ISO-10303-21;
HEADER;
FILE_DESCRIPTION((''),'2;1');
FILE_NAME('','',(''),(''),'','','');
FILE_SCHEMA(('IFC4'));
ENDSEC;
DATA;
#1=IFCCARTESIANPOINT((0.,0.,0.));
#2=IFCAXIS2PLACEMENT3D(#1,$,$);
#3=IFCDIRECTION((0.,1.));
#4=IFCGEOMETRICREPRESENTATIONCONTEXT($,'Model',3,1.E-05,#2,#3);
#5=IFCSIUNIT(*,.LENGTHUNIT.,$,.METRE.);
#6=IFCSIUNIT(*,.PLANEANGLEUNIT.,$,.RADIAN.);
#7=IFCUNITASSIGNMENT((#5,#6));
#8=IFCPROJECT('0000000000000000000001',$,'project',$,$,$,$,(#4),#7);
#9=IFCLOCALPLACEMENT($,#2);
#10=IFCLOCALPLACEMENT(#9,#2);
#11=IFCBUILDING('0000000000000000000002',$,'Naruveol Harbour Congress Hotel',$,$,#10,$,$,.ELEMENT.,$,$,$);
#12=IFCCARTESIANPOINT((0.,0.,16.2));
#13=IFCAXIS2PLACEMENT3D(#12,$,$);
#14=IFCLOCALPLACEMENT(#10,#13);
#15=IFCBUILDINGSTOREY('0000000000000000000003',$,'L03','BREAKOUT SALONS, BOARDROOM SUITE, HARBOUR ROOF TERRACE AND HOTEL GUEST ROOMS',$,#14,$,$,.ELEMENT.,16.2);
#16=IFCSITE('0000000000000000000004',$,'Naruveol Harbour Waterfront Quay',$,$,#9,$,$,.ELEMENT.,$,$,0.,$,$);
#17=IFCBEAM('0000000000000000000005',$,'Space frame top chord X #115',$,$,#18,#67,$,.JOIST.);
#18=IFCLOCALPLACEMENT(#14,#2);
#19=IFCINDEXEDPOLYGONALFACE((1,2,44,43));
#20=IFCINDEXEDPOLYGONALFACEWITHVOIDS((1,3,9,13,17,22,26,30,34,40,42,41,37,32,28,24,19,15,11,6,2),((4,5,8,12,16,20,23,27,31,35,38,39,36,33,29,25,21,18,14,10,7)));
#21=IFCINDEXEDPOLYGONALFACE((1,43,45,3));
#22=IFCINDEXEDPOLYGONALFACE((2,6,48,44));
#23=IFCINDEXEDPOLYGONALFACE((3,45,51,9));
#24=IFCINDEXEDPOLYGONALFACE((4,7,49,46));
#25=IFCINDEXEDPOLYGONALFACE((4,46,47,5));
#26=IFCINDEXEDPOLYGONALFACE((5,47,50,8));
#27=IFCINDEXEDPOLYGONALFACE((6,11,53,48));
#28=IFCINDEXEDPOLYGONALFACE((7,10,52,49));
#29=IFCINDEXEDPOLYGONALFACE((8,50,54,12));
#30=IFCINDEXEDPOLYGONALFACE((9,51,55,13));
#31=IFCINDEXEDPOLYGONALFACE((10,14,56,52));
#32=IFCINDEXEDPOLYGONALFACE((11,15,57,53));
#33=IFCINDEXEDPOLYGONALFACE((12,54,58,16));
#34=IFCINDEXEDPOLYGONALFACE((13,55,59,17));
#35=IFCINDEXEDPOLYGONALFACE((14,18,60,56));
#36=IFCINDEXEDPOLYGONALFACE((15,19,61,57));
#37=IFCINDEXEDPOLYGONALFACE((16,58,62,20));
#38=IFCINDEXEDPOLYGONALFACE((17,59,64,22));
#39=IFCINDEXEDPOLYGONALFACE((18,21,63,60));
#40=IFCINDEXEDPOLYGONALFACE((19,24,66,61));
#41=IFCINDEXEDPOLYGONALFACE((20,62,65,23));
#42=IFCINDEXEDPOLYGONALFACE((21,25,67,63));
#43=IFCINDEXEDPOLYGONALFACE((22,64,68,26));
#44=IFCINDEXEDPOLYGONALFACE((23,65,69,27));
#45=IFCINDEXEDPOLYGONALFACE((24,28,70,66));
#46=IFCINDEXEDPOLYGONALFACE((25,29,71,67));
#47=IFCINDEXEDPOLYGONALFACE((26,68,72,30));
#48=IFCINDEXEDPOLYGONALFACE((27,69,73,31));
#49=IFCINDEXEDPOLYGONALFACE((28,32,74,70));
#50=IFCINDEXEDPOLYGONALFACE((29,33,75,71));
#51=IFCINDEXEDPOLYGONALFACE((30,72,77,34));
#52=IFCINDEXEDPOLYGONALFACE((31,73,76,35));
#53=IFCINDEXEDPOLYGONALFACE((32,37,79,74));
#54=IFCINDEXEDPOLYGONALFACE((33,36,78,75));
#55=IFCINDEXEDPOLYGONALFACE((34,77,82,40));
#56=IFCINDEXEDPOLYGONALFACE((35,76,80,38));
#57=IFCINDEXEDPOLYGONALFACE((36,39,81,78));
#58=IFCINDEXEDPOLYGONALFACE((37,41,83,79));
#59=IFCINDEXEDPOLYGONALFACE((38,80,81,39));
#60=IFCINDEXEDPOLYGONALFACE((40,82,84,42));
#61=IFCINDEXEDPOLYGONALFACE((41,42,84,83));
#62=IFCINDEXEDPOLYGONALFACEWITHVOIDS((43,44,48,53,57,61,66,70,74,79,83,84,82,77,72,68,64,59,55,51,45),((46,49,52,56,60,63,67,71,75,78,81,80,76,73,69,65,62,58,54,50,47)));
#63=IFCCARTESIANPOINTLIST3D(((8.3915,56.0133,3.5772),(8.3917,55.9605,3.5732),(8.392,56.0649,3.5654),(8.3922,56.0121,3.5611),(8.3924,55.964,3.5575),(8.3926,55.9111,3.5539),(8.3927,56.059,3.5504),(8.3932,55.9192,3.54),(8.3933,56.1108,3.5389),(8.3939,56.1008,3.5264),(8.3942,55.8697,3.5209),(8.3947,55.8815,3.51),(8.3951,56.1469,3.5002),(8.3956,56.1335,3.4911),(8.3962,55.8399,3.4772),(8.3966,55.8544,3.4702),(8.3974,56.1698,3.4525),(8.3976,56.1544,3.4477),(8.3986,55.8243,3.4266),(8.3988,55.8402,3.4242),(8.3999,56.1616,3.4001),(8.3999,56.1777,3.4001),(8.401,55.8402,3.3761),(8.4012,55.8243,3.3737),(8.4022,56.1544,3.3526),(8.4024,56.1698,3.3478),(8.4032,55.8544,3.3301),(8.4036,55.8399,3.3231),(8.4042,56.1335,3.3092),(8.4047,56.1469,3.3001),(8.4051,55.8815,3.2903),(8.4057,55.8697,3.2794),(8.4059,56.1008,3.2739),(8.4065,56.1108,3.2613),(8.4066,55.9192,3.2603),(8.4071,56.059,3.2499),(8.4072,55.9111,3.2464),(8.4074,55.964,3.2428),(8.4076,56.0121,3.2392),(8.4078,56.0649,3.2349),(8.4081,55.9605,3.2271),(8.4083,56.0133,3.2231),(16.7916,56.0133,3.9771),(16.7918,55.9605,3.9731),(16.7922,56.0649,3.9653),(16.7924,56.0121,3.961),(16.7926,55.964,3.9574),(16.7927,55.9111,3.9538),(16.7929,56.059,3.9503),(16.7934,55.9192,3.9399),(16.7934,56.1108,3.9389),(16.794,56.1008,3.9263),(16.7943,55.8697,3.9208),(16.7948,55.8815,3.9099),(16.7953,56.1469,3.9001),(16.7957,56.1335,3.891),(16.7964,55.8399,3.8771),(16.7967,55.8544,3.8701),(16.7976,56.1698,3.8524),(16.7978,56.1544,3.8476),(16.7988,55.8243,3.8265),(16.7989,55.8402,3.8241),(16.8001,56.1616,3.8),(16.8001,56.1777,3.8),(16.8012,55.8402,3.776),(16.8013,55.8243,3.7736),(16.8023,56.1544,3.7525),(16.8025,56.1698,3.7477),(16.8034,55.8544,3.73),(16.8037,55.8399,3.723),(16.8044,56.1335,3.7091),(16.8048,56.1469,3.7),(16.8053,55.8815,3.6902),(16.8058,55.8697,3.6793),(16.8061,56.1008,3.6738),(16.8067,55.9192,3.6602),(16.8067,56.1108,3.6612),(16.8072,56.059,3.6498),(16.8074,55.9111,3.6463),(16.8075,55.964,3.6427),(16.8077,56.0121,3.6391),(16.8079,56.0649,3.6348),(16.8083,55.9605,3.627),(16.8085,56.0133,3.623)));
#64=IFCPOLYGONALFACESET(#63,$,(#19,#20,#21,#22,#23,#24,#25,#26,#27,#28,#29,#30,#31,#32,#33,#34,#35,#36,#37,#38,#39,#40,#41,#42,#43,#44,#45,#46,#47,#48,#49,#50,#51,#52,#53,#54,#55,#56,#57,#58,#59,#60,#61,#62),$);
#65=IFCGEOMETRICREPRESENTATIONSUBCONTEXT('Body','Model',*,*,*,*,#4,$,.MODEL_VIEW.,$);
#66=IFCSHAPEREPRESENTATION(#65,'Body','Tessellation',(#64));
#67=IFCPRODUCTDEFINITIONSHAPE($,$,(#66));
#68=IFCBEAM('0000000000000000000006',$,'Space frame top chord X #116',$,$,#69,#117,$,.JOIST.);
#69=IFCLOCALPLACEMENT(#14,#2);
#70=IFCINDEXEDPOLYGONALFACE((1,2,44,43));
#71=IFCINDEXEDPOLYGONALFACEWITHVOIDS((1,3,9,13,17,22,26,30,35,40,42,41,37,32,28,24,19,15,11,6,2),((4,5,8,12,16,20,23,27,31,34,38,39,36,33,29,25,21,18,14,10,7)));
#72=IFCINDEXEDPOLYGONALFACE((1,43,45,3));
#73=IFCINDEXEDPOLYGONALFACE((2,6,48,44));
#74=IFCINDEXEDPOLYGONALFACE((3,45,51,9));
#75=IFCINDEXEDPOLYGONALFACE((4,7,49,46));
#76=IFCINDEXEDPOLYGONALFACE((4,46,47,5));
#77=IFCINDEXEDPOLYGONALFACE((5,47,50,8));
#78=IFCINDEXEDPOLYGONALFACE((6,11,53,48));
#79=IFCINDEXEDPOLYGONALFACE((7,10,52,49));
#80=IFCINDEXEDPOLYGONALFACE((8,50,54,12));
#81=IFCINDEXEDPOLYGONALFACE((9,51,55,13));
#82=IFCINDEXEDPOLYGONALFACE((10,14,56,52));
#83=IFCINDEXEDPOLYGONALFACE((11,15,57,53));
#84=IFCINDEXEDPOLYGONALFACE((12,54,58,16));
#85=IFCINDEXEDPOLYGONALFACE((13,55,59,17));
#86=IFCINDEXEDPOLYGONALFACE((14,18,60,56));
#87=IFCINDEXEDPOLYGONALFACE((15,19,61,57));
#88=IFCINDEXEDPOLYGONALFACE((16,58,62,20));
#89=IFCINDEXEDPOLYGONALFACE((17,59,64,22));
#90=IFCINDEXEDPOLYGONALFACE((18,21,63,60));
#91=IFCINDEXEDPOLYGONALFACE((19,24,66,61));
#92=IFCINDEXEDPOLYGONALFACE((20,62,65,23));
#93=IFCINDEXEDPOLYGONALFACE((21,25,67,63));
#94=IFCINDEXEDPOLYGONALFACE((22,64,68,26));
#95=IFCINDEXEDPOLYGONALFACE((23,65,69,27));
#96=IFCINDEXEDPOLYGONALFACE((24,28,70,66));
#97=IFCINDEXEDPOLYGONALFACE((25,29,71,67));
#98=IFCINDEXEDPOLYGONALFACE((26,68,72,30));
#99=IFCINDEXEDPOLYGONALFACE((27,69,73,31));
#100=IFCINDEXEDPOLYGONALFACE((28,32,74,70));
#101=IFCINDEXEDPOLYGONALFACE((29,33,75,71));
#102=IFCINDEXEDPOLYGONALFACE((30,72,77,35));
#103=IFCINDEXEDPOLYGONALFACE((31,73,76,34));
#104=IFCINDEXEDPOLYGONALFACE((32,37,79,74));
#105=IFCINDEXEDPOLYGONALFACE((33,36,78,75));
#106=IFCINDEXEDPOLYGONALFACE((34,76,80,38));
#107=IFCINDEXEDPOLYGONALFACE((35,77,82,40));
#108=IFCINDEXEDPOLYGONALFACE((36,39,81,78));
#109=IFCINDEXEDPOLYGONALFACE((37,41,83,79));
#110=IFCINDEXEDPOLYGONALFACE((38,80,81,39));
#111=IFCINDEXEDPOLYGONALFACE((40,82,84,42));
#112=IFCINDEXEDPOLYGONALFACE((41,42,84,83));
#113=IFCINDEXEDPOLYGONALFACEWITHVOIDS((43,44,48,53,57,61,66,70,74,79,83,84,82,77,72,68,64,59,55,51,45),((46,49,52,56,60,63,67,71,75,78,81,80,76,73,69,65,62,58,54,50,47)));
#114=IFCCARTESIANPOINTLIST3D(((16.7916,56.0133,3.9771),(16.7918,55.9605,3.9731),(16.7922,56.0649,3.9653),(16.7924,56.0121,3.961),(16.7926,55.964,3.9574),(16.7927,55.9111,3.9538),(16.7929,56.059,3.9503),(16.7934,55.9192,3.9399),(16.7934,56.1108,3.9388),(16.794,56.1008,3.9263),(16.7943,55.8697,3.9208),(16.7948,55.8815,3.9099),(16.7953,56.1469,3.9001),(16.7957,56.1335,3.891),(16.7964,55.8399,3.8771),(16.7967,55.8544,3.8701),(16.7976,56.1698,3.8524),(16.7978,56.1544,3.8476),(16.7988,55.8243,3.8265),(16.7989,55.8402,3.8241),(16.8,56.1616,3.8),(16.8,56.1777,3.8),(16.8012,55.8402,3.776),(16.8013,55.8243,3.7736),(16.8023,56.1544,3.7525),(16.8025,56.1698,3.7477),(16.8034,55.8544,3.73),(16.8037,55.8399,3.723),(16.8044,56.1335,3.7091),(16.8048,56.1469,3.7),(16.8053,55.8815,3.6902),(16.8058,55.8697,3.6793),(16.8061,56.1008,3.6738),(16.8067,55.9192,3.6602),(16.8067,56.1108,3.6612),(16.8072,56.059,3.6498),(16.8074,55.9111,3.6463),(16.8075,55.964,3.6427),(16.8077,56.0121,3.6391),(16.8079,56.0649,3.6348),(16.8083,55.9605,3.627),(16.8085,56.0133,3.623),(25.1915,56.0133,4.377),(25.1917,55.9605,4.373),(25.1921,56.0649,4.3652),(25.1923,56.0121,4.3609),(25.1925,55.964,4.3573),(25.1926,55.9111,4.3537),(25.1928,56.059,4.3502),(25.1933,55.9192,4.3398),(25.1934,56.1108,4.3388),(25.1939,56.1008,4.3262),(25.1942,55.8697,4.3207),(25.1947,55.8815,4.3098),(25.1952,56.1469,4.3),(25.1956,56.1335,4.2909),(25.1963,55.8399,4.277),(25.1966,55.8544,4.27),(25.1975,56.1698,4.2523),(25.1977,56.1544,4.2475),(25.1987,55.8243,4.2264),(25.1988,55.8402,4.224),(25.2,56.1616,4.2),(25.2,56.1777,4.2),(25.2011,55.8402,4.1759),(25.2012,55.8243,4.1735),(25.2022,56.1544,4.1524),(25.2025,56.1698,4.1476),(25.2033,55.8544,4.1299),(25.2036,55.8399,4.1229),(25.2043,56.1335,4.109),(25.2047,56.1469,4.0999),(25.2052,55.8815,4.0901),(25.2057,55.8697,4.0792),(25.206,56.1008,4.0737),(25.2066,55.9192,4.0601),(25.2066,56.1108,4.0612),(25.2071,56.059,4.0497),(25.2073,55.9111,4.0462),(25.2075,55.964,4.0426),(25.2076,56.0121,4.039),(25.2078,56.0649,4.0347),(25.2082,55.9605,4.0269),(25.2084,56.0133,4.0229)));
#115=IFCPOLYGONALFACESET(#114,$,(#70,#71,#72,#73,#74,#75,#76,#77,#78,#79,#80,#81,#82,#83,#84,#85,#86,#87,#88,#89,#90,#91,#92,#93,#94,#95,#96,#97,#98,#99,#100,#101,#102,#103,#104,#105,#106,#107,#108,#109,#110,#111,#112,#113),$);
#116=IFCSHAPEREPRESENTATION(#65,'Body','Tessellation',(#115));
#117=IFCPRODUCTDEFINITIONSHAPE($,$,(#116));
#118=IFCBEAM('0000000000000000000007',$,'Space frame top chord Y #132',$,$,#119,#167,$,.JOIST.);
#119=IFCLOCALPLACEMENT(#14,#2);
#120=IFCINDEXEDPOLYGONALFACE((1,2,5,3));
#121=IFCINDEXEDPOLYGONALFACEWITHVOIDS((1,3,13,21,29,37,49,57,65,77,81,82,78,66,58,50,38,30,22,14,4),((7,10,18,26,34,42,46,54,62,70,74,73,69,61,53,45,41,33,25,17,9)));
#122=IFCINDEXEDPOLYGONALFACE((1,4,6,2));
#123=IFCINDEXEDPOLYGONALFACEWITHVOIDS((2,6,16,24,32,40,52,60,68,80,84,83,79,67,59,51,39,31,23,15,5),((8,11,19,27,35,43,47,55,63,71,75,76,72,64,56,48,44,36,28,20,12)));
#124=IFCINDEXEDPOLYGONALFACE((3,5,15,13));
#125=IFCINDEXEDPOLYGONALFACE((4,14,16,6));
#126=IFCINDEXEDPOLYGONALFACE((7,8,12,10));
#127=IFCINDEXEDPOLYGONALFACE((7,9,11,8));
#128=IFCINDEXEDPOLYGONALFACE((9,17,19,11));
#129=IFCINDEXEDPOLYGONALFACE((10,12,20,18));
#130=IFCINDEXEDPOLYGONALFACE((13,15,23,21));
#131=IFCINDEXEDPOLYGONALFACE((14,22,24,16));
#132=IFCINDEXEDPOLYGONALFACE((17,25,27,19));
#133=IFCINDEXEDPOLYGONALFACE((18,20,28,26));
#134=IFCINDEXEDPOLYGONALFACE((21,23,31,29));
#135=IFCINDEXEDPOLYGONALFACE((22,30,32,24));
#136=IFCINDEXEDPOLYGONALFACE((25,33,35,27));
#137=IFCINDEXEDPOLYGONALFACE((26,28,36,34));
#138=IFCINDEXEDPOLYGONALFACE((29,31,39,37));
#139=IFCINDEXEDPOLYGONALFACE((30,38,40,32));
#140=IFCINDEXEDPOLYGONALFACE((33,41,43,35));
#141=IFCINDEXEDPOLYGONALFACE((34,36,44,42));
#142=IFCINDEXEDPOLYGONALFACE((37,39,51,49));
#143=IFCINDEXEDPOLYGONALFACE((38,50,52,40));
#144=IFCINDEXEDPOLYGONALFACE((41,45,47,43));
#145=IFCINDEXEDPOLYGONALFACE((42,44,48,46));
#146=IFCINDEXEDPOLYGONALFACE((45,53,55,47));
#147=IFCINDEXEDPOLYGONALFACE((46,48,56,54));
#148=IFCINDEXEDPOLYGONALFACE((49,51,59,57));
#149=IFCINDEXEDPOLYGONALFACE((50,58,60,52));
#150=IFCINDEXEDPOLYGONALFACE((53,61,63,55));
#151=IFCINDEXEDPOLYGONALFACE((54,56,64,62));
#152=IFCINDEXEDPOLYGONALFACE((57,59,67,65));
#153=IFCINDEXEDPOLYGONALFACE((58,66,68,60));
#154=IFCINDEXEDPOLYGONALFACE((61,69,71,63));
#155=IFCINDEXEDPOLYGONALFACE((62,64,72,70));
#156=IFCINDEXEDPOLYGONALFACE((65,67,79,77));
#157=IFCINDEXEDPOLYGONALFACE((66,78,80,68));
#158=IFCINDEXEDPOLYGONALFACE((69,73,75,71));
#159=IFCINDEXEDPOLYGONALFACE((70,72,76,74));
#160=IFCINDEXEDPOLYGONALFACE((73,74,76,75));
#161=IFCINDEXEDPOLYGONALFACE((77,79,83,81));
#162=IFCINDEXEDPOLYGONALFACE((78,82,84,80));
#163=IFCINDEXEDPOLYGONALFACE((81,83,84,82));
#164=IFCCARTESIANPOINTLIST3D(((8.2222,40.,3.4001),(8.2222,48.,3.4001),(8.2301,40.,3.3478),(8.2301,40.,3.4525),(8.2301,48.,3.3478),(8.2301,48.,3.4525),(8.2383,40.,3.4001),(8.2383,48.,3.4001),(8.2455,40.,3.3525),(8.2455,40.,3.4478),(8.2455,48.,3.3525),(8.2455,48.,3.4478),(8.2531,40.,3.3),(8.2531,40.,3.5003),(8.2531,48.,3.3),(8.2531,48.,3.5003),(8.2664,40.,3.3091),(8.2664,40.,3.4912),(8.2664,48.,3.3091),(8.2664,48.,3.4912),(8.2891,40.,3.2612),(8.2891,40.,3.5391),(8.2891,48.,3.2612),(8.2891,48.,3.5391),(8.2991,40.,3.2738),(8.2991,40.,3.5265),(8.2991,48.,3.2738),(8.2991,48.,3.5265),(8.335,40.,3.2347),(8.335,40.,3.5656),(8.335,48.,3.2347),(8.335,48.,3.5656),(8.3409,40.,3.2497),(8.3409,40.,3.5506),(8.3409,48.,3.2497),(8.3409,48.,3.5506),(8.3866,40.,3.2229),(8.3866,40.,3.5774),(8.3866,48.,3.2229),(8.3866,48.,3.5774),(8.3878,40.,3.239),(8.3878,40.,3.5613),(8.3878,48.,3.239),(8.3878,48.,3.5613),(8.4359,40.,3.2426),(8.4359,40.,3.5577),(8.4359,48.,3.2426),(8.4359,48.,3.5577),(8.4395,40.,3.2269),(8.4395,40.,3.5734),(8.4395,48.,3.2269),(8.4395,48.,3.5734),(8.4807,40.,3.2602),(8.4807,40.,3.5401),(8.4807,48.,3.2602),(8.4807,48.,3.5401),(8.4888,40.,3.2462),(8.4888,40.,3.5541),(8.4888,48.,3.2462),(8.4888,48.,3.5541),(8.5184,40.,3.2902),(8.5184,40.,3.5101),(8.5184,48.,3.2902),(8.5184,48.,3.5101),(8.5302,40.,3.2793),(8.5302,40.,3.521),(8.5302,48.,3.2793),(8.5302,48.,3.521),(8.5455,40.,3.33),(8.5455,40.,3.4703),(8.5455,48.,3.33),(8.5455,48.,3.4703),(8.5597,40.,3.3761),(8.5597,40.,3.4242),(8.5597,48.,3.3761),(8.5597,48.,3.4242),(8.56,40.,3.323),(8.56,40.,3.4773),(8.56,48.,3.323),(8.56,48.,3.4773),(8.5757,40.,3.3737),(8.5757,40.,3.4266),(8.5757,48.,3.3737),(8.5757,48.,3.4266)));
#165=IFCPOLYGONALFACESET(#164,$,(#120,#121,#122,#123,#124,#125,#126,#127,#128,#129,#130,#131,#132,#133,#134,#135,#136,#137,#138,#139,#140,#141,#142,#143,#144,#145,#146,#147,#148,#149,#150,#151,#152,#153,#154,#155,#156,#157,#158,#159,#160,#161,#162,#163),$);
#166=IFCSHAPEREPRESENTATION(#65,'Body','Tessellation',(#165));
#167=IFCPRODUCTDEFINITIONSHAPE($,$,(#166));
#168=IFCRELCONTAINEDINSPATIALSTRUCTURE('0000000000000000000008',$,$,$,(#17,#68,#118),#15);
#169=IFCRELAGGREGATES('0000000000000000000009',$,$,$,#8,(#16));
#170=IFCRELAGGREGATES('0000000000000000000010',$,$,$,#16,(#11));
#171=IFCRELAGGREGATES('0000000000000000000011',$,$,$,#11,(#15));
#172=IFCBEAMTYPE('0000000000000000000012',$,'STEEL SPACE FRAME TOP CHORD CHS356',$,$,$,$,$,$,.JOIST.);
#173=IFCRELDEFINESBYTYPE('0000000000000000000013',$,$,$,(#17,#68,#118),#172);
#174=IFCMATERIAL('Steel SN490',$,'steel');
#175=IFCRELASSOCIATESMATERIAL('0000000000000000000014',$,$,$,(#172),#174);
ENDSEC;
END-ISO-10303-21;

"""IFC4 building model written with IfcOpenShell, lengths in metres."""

from ifc_helpers import new_model, si_unit, direction, frame, origin, origin_2d, place, context, subcontext, project, spatial, hollow_circle, extrude, material, material_profile, profile_set, type_object, element, save


model = new_model("IFC4")

# Units and contexts
model_context = context("Model", 3, precision=1e-05, world=origin(), true_north=direction((0.0, 1.0)))
body_context = subcontext(model_context, "Body", "Model", "MODEL_VIEW")
ifc_project = project(units=[si_unit("LENGTHUNIT", "METRE"), si_unit("PLANEANGLEUNIT", "RADIAN")], contexts=[model_context])

# Site, building, storey
site_placement = place(None, origin())
site = spatial("IfcSite", under=ifc_project, at=site_placement, Name="Naruveol Harbour Waterfront Quay", CompositionType="ELEMENT", RefElevation=0.0)
building_placement = place(site_placement, origin())
building = spatial("IfcBuilding", under=site, at=building_placement, Name="Naruveol Harbour Congress Hotel", CompositionType="ELEMENT")
storey_placement = place(building_placement, frame((0.0, 0.0, 16.2)))
storey = spatial("IfcBuildingStorey", under=building, at=storey_placement, Name="L03", Description="BREAKOUT SALONS, BOARDROOM SUITE, HARBOUR ROOF TERRACE AND HOTEL GUEST ROOMS", CompositionType="ELEMENT", Elevation=16.2)

# Beams
ifc_material_1 = material(Name="Steel SN490", Category="steel")
ifc_material_profile_1 = material_profile(ifc_material_1, hollow_circle(Radius=0.1777, WallThickness=0.0161, at=origin_2d()), Name="CHS-355.6x16")
ifc_profile_set_1 = profile_set([ifc_material_profile_1], Name="Steel SN490")
beam_type_1 = type_object("IfcBeamType", Name="STEEL SPACE FRAME TOP CHORD CHS356", PredefinedType="JOIST", material=ifc_profile_set_1)
beam_1_placement = place(storey_placement, frame((8.3999, 56.0, 3.4001), z_axis=(0.998869, 0.0, 0.047553), x_axis=(0.0, 1.0, 0.0)))
element("IfcBeam", 1, at=beam_1_placement, inside=storey, type_object=beam_type_1, Name="Space frame top chord X #115", PredefinedType="JOIST", context=body_context, shape_type="SweptSolid", body=[
    extrude(hollow_circle(Radius=0.1777, WallThickness=0.0161, at=origin_2d()), origin(), (0.0, 0.0, 1.0), 8.4097),
])
beam_2_placement = place(storey_placement, frame((16.8, 56.0, 3.8), z_axis=(0.998869, 0.0, 0.047554), x_axis=(0.0, 1.0, 0.0)))
element("IfcBeam", 2, at=beam_2_placement, inside=storey, type_object=beam_type_1, Name="Space frame top chord X #116", PredefinedType="JOIST", context=body_context, shape_type="SweptSolid", body=[
    extrude(hollow_circle(Radius=0.1777, WallThickness=0.0161, at=origin_2d()), origin(), (0.0, 0.0, 1.0), 8.4094),
])
for number, where, z_axis, x_axis, name in (
    (3, (8.3999, 40.0, 3.4001), (0.0, 1.0, 0.0), (-1.0, 0.0, 0.0), "Space frame top chord Y #132"),
):
    element("IfcBeam", number, at=place(storey_placement, frame(where, z_axis=z_axis, x_axis=x_axis)), inside=storey, type_object=beam_type_1, Name=name, PredefinedType="JOIST", context=body_context, shape_type="SweptSolid", body=[
        extrude(hollow_circle(Radius=0.1777, WallThickness=0.0161, at=origin_2d()), origin(), (0.0, 0.0, 1.0), 8.0),
    ])

save(model, "model.ifc")
